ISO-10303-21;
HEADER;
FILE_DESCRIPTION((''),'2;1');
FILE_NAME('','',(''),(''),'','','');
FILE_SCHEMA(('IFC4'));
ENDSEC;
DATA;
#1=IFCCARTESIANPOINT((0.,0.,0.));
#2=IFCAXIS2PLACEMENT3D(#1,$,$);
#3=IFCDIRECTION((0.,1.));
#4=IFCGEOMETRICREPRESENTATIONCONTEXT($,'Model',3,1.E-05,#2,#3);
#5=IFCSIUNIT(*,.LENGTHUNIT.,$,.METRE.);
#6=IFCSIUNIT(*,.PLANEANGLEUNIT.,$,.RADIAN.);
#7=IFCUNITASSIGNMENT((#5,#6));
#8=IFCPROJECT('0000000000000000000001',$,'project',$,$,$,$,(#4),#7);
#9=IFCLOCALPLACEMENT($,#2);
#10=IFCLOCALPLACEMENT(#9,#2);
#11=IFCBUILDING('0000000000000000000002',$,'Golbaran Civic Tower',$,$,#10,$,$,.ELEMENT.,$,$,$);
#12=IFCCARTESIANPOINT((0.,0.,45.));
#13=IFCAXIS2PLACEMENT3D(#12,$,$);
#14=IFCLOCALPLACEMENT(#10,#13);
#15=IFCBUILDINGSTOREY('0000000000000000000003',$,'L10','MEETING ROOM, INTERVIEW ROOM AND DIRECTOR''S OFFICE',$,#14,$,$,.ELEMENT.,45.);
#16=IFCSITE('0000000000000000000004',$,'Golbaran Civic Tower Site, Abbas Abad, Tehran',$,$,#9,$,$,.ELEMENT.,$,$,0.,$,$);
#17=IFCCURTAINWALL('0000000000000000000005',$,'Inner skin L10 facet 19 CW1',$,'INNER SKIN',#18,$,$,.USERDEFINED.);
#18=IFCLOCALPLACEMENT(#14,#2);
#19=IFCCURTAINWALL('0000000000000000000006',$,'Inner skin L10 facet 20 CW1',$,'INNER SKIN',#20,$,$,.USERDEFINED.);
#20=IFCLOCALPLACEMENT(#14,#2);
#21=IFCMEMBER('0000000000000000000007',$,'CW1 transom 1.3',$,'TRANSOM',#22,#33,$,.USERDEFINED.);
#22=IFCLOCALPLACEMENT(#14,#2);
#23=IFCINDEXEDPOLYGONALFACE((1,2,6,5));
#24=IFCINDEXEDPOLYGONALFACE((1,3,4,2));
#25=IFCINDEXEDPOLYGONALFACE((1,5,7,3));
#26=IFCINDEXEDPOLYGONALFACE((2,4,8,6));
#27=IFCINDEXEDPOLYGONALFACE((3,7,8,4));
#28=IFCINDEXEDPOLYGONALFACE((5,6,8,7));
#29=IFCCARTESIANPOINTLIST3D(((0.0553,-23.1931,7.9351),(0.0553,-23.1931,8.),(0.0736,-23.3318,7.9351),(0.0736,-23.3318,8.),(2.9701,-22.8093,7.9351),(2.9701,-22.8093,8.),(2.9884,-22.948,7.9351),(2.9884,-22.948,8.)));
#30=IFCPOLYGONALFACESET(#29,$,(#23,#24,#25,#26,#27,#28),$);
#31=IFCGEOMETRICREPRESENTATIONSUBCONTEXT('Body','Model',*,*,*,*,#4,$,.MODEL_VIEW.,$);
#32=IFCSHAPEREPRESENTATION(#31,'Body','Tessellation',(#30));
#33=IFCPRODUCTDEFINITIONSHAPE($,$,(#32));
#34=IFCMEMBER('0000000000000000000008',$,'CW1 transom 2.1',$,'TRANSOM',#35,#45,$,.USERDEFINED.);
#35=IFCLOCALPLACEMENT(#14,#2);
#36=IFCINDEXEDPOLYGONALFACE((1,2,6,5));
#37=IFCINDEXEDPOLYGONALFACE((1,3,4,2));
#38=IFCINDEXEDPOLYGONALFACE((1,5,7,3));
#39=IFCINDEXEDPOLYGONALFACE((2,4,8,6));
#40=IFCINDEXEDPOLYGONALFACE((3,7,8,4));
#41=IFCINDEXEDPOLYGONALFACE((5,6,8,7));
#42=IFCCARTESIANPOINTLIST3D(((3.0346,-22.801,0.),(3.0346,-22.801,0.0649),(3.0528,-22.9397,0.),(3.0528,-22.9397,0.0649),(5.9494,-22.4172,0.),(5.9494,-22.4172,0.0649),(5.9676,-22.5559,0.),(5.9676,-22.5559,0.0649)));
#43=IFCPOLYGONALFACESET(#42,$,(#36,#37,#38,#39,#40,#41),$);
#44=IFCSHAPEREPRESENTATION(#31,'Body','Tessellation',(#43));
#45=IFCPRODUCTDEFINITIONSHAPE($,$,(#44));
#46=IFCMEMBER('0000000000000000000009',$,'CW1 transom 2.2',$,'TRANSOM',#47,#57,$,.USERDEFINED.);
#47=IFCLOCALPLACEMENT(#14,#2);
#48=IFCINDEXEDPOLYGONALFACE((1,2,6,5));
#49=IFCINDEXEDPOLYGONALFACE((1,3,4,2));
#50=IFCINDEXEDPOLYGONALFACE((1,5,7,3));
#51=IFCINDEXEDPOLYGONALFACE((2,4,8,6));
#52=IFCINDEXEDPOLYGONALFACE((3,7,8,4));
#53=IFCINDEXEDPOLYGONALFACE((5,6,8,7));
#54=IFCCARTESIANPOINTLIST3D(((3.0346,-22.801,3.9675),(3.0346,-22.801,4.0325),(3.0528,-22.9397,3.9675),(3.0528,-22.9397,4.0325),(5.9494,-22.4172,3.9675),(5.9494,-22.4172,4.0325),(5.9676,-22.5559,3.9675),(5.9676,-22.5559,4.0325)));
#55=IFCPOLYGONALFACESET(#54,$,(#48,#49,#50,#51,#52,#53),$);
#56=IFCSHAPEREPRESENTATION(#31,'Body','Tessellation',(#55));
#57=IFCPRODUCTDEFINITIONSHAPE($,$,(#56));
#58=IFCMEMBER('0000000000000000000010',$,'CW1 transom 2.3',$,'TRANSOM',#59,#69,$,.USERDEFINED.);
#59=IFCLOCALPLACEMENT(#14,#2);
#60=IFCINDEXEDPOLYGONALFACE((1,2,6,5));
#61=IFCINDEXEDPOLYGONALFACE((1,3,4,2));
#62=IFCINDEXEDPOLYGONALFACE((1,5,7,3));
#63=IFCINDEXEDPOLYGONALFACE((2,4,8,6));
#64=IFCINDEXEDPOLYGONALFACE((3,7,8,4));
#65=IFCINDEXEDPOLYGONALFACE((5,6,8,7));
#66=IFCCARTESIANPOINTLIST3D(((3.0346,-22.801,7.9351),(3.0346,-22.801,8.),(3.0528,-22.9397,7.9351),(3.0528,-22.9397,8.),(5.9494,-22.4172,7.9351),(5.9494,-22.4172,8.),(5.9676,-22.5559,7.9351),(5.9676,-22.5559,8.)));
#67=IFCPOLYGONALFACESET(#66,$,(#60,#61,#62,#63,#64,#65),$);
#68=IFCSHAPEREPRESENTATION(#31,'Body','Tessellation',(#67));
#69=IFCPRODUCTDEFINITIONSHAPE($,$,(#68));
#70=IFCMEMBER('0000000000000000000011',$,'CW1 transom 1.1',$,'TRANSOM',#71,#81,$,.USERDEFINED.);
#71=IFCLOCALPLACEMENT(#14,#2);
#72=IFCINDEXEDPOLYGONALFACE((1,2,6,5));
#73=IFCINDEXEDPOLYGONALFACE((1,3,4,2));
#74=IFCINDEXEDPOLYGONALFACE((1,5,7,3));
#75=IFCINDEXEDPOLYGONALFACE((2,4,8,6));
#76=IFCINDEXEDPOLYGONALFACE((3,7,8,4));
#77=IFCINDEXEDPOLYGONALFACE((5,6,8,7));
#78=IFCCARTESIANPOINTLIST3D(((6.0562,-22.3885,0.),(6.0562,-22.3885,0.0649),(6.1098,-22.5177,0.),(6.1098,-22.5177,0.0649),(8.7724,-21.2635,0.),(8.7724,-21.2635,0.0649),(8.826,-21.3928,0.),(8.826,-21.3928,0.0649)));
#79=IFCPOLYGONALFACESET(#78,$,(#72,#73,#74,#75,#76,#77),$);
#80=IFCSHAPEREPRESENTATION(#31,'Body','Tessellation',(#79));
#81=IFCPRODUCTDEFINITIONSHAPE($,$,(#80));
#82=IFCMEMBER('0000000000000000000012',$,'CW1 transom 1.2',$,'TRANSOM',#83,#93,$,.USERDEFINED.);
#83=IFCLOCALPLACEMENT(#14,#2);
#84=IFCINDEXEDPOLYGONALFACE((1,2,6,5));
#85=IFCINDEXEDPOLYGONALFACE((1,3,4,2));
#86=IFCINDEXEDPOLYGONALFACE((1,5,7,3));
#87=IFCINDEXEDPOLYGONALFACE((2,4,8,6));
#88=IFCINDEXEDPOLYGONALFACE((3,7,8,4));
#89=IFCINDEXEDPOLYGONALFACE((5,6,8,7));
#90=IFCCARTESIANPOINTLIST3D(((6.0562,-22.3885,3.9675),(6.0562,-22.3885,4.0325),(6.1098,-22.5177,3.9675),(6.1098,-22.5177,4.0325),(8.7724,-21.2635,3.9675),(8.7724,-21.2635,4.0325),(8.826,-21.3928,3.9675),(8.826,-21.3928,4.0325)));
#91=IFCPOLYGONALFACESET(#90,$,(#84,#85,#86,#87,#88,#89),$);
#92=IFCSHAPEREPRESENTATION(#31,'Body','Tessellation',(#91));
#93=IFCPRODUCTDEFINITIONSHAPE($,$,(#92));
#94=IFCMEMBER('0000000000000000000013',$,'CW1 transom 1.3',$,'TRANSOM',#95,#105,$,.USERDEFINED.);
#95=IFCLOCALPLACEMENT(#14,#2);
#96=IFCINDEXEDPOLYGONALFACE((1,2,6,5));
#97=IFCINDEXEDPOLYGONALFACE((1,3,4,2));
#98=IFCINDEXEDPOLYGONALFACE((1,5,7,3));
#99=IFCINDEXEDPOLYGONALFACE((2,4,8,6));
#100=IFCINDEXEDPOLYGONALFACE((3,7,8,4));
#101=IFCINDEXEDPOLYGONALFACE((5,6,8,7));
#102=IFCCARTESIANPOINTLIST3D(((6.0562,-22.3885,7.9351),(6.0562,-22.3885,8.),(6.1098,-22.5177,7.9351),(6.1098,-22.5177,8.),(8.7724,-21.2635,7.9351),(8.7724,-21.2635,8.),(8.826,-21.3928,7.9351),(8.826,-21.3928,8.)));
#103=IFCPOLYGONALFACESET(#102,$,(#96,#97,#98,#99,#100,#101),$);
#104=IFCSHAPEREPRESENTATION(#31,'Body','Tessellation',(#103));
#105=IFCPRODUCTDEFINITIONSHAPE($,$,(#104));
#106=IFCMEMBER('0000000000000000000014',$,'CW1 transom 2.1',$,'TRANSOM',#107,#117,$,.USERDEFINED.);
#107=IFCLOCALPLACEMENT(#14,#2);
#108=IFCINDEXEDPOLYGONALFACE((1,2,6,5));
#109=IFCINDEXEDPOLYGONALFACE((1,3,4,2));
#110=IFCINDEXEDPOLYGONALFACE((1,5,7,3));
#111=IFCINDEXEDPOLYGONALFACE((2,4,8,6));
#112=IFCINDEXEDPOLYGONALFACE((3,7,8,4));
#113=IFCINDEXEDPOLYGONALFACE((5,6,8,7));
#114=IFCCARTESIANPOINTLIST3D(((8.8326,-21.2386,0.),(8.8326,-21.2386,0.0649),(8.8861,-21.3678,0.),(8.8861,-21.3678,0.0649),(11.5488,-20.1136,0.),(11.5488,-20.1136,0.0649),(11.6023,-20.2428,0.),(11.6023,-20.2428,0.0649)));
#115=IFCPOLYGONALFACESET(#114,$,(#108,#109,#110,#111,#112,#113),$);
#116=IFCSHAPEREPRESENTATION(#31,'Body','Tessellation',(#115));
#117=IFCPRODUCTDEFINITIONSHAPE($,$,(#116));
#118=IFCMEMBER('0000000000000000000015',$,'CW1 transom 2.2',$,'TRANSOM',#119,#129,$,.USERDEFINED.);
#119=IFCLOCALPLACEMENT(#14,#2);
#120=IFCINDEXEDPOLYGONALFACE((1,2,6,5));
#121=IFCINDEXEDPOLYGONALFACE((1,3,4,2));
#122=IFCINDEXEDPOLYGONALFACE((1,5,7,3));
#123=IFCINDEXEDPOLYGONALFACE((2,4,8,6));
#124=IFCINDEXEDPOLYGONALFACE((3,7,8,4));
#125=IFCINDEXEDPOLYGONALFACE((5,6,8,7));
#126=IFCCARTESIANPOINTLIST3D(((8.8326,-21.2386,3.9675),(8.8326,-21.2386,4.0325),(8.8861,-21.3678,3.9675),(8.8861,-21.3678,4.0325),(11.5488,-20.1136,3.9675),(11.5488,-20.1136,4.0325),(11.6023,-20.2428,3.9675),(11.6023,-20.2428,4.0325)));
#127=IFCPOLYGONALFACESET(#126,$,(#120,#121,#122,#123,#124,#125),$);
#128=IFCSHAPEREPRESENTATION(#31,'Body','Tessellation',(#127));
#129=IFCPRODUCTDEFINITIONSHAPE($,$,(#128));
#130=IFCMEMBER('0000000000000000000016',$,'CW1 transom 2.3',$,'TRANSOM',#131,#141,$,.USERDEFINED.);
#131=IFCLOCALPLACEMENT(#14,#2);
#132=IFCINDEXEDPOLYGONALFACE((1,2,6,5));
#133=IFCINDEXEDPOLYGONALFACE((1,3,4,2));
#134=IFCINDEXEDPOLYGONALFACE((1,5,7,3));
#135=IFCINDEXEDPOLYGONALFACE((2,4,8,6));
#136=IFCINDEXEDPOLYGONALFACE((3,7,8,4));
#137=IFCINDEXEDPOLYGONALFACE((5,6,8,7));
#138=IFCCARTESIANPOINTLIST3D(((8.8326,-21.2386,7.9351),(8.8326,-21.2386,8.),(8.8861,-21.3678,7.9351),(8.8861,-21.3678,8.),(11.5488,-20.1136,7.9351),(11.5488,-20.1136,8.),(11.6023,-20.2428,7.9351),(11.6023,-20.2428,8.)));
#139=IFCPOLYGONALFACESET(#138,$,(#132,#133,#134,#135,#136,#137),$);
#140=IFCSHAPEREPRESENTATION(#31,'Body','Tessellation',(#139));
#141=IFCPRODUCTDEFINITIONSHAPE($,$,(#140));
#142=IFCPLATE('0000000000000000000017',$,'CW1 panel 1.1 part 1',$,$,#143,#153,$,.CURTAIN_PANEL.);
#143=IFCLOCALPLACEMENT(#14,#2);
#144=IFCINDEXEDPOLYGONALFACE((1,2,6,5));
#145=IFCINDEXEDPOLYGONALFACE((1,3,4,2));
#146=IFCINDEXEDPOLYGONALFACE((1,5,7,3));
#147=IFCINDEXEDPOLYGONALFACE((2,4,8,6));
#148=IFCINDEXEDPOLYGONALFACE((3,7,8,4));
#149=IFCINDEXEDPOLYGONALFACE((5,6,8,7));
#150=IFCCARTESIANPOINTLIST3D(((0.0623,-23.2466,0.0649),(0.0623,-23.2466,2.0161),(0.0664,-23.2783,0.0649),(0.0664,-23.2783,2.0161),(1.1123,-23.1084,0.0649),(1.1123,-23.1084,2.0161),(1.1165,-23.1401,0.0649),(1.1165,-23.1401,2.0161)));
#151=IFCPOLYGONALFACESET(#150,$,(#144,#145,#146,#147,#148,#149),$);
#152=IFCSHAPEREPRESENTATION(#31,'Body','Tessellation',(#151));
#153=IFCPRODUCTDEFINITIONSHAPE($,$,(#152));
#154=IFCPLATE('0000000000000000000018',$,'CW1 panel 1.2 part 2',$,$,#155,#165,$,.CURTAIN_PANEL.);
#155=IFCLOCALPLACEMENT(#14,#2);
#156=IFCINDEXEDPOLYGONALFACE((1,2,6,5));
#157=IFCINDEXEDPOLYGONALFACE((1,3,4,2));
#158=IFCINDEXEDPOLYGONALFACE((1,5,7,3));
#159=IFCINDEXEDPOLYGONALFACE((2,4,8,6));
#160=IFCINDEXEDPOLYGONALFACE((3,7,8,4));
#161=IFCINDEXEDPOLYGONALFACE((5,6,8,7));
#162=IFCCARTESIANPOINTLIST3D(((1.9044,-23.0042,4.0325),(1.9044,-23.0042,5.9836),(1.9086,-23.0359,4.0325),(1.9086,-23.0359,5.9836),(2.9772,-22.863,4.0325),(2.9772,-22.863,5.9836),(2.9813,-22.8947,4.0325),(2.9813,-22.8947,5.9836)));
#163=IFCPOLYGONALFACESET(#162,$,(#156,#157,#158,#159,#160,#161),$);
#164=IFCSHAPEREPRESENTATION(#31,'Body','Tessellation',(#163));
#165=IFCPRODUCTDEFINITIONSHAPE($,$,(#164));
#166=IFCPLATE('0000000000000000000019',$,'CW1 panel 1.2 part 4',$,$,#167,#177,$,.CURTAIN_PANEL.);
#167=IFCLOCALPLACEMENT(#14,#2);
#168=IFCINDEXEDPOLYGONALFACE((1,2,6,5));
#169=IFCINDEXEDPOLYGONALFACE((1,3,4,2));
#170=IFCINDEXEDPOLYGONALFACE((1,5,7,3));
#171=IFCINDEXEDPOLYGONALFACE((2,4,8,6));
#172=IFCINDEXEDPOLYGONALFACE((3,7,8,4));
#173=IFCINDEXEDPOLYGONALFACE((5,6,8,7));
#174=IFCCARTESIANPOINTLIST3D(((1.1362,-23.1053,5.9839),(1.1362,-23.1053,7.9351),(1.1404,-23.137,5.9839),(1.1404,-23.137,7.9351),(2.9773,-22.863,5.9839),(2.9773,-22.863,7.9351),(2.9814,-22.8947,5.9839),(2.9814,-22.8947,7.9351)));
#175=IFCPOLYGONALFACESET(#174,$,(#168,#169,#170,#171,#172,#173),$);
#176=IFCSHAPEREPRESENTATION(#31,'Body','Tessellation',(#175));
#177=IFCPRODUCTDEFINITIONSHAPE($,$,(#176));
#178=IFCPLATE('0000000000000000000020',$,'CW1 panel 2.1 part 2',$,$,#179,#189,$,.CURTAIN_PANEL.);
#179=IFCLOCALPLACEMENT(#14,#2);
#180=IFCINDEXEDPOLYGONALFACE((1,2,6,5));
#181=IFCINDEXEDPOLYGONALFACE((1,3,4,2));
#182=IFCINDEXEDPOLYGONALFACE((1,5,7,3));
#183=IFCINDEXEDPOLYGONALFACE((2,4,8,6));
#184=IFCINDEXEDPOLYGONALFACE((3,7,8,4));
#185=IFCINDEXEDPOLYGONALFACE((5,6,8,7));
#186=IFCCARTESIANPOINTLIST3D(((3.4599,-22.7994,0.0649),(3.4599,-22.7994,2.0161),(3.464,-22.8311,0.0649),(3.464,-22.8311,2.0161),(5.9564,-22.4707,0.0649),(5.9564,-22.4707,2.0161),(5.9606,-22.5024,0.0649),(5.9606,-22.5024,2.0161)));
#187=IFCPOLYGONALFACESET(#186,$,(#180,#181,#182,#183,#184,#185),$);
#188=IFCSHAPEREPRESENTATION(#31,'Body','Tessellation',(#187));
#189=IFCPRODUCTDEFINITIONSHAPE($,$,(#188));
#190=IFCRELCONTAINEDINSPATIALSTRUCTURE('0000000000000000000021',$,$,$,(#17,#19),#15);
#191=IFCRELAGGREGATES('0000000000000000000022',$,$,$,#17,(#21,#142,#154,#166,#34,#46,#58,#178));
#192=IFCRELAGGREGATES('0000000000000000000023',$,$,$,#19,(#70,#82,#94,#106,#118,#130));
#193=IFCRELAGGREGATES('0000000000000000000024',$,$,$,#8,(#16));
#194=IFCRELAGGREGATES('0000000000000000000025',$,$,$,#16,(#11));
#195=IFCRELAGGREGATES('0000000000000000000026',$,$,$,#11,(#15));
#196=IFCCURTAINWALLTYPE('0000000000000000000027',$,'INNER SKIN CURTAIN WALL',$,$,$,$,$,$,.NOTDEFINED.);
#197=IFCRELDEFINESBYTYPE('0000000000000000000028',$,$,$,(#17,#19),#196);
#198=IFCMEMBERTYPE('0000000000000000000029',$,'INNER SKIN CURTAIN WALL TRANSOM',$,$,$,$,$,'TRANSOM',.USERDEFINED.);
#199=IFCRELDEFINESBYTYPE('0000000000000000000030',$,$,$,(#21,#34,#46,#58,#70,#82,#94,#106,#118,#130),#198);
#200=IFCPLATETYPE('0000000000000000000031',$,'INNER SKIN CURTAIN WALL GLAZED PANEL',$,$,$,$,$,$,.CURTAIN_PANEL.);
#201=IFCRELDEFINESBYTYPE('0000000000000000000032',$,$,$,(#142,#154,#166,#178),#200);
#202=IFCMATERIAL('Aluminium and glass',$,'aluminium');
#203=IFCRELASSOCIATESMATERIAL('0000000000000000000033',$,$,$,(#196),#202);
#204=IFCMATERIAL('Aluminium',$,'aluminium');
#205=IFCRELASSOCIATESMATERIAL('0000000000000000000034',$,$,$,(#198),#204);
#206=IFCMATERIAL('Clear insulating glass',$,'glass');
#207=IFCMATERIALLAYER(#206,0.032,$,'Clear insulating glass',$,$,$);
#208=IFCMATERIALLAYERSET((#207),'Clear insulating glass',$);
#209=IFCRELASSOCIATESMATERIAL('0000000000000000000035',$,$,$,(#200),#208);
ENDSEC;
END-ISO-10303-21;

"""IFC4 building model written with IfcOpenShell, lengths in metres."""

from ifc_helpers import new_model, si_unit, direction, frame, origin, origin_2d, place, context, subcontext, project, spatial, rectangle, extrude, material, layer, layer_set, material_profile, profile_set, type_object, element, aggregate, save


model = new_model("IFC4")

# Units and contexts
model_context = context("Model", 3, precision=1e-05, world=origin(), true_north=direction((0.0, 1.0)))
body_context = subcontext(model_context, "Body", "Model", "MODEL_VIEW")
ifc_project = project(units=[si_unit("LENGTHUNIT", "METRE"), si_unit("PLANEANGLEUNIT", "RADIAN")], contexts=[model_context])

# Site, building, storey
site_placement = place(None, origin())
site = spatial("IfcSite", under=ifc_project, at=site_placement, Name="Golbaran Civic Tower Site, Abbas Abad, Tehran", CompositionType="ELEMENT", RefElevation=0.0)
building_placement = place(site_placement, origin())
building = spatial("IfcBuilding", under=site, at=building_placement, Name="Golbaran Civic Tower", CompositionType="ELEMENT")
storey_placement = place(building_placement, frame((0.0, 0.0, 45.0)))
storey = spatial("IfcBuildingStorey", under=building, at=storey_placement, Name="L10", Description="MEETING ROOM, INTERVIEW ROOM AND DIRECTOR'S OFFICE", CompositionType="ELEMENT", Elevation=45.0)

# Curtain walls
ifc_material_1 = material(Name="Aluminium and glass", Category="aluminium")
curtain_wall_type = type_object("IfcCurtainWallType", Name="INNER SKIN CURTAIN WALL", PredefinedType="NOTDEFINED", material=ifc_material_1)
curtain_wall_1_placement = place(storey_placement, origin())
curtain_wall_1 = element("IfcCurtainWall", 1, at=curtain_wall_1_placement, inside=storey, type_object=curtain_wall_type, Name="Inner skin L10 facet 19 CW1", ObjectType="INNER SKIN", PredefinedType="USERDEFINED")
ifc_material_2 = material(Name="Aluminium", Category="aluminium")
curtain_wall_2_placement = place(storey_placement, origin())
curtain_wall_2 = element("IfcCurtainWall", 2, at=curtain_wall_2_placement, inside=storey, type_object=curtain_wall_type, Name="Inner skin L10 facet 20 CW1", ObjectType="INNER SKIN", PredefinedType="USERDEFINED")

# Members
ifc_material_profile_1 = material_profile(ifc_material_2, rectangle(XDim=0.1399, YDim=0.0649, at=origin_2d()), Name="INNER SKIN CURTAIN WALL TRANSOM")
ifc_profile_set_1 = profile_set([ifc_material_profile_1], Name="Aluminium")
member_type_1 = type_object("IfcMemberType", Name="INNER SKIN CURTAIN WALL TRANSOM", ElementType="TRANSOM", PredefinedType="USERDEFINED", material=ifc_profile_set_1)
member_1_placement = place(storey_placement, frame((0.0645, -23.2625, 7.9675), z_axis=(0.991443, 0.130543, 0.0), x_axis=(-0.130543, 0.991443, 0.0)))
member_1 = element("IfcMember", 3, at=member_1_placement, type_object=member_type_1, Name="CW1 transom 1.3", ObjectType="TRANSOM", PredefinedType="USERDEFINED", context=body_context, shape_type="SweptSolid", body=[
    extrude(rectangle(XDim=0.1399, YDim=0.0649, at=origin_2d()), origin(), (0.0, 0.0, 1.0), 2.9399),
])
member_2_placement = place(storey_placement, frame((3.0437, -22.8704, 0.0325), z_axis=(0.991443, 0.130543, 0.0), x_axis=(-0.130543, 0.991443, 0.0)))
member_2 = element("IfcMember", 4, at=member_2_placement, type_object=member_type_1, Name="CW1 transom 2.1", ObjectType="TRANSOM", PredefinedType="USERDEFINED", context=body_context, shape_type="SweptSolid", body=[
    extrude(rectangle(XDim=0.1399, YDim=0.0649, at=origin_2d()), origin(), (0.0, 0.0, 1.0), 2.9399),
])
member_3_placement = place(storey_placement, frame((3.0437, -22.8704, 4.0), z_axis=(0.991443, 0.130543, 0.0), x_axis=(-0.130543, 0.991443, 0.0)))
member_3 = element("IfcMember", 5, at=member_3_placement, type_object=member_type_1, Name="CW1 transom 2.2", ObjectType="TRANSOM", PredefinedType="USERDEFINED", context=body_context, shape_type="SweptSolid", body=[
    extrude(rectangle(XDim=0.1399, YDim=0.0649, at=origin_2d()), origin(), (0.0, 0.0, 1.0), 2.9399),
])
member_4_placement = place(storey_placement, frame((3.0437, -22.8704, 7.9675), z_axis=(0.991443, 0.130543, 0.0), x_axis=(-0.130543, 0.991443, 0.0)))
member_4 = element("IfcMember", 6, at=member_4_placement, type_object=member_type_1, Name="CW1 transom 2.3", ObjectType="TRANSOM", PredefinedType="USERDEFINED", context=body_context, shape_type="SweptSolid", body=[
    extrude(rectangle(XDim=0.1399, YDim=0.0649, at=origin_2d()), origin(), (0.0, 0.0, 1.0), 2.9399),
])
member_5_placement = place(storey_placement, frame((6.083, -22.4531, 0.0325), z_axis=(0.923895, 0.382645, 0.0), x_axis=(-0.382645, 0.923895, 0.0)))
member_5 = element("IfcMember", 7, at=member_5_placement, type_object=member_type_1, Name="CW1 transom 1.1", ObjectType="TRANSOM", PredefinedType="USERDEFINED", context=body_context, shape_type="SweptSolid", body=[
    extrude(rectangle(XDim=0.1399, YDim=0.0649, at=origin_2d()), origin(), (0.0, 0.0, 1.0), 2.9399),
])
member_6_placement = place(storey_placement, frame((6.083, -22.4531, 4.0), z_axis=(0.923895, 0.382645, 0.0), x_axis=(-0.382645, 0.923895, 0.0)))
member_6 = element("IfcMember", 8, at=member_6_placement, type_object=member_type_1, Name="CW1 transom 1.2", ObjectType="TRANSOM", PredefinedType="USERDEFINED", context=body_context, shape_type="SweptSolid", body=[
    extrude(rectangle(XDim=0.1399, YDim=0.0649, at=origin_2d()), origin(), (0.0, 0.0, 1.0), 2.9399),
])
member_7_placement = place(storey_placement, frame((6.083, -22.4531, 7.9675), z_axis=(0.923895, 0.382645, 0.0), x_axis=(-0.382645, 0.923895, 0.0)))
member_7 = element("IfcMember", 9, at=member_7_placement, type_object=member_type_1, Name="CW1 transom 1.3", ObjectType="TRANSOM", PredefinedType="USERDEFINED", context=body_context, shape_type="SweptSolid", body=[
    extrude(rectangle(XDim=0.1399, YDim=0.0649, at=origin_2d()), origin(), (0.0, 0.0, 1.0), 2.9399),
])
member_8_placement = place(storey_placement, frame((8.8594, -21.3032, 0.0325), z_axis=(0.923883, 0.382675, 0.0), x_axis=(-0.382675, 0.923883, 0.0)))
member_8 = element("IfcMember", 10, at=member_8_placement, type_object=member_type_1, Name="CW1 transom 2.1", ObjectType="TRANSOM", PredefinedType="USERDEFINED", context=body_context, shape_type="SweptSolid", body=[
    extrude(rectangle(XDim=0.1399, YDim=0.0649, at=origin_2d()), origin(), (0.0, 0.0, 1.0), 2.9399),
])
member_9_placement = place(storey_placement, frame((8.8594, -21.3032, 4.0), z_axis=(0.923883, 0.382675, 0.0), x_axis=(-0.382675, 0.923883, 0.0)))
member_9 = element("IfcMember", 11, at=member_9_placement, type_object=member_type_1, Name="CW1 transom 2.2", ObjectType="TRANSOM", PredefinedType="USERDEFINED", context=body_context, shape_type="SweptSolid", body=[
    extrude(rectangle(XDim=0.1399, YDim=0.0649, at=origin_2d()), origin(), (0.0, 0.0, 1.0), 2.9399),
])
member_10_placement = place(storey_placement, frame((8.8594, -21.3032, 7.9675), z_axis=(0.923883, 0.382675, 0.0), x_axis=(-0.382675, 0.923883, 0.0)))
member_10 = element("IfcMember", 12, at=member_10_placement, type_object=member_type_1, Name="CW1 transom 2.3", ObjectType="TRANSOM", PredefinedType="USERDEFINED", context=body_context, shape_type="SweptSolid", body=[
    extrude(rectangle(XDim=0.1399, YDim=0.0649, at=origin_2d()), origin(), (0.0, 0.0, 1.0), 2.9399),
])

# Plates
ifc_material_3 = material(Name="Clear insulating glass", Category="glass")
ifc_layer_1 = layer(ifc_material_3, 0.032, Name="Clear insulating glass")
ifc_layer_set_1 = layer_set([ifc_layer_1], Name="Clear insulating glass")
plate_type_1 = type_object("IfcPlateType", Name="INNER SKIN CURTAIN WALL GLAZED PANEL", PredefinedType="CURTAIN_PANEL", material=ifc_layer_set_1)
plate_1_placement = place(storey_placement, frame((0.5894, -23.1934, 0.0649), z_axis=(0.0, 0.0, 1.0), x_axis=(0.991445, 0.130526, 0.0)))
plate_1 = element("IfcPlate", 13, at=plate_1_placement, type_object=plate_type_1, Name="CW1 panel 1.1 part 1", PredefinedType="CURTAIN_PANEL", context=body_context, shape_type="SweptSolid", body=[
    extrude(rectangle(XDim=1.0591, YDim=0.032, at=origin_2d()), origin(), (0.0, 0.0, 1.0), 1.9512),
])
plate_2_placement = place(storey_placement, frame((2.4429, -22.9495, 4.0325), z_axis=(0.0, 0.0, 1.0), x_axis=(0.991445, 0.130526, 0.0)))
plate_2 = element("IfcPlate", 14, at=plate_2_placement, type_object=plate_type_1, Name="CW1 panel 1.2 part 2", PredefinedType="CURTAIN_PANEL", context=body_context, shape_type="SweptSolid", body=[
    extrude(rectangle(XDim=1.082, YDim=0.032, at=origin_2d()), origin(), (0.0, 0.0, 1.0), 1.9512),
])
plate_3_placement = place(storey_placement, frame((2.0588, -23.0, 5.9839), z_axis=(0.0, 0.0, 1.0), x_axis=(0.991445, 0.130526, 0.0)))
plate_3 = element("IfcPlate", 15, at=plate_3_placement, type_object=plate_type_1, Name="CW1 panel 1.2 part 4", PredefinedType="CURTAIN_PANEL", context=body_context, shape_type="SweptSolid", body=[
    extrude(rectangle(XDim=1.8569, YDim=0.032, at=origin_2d()), origin(), (0.0, 0.0, 1.0), 1.9512),
])
plate_4_placement = place(storey_placement, frame((4.7102, -22.6509, 0.0649), z_axis=(0.0, 0.0, 1.0), x_axis=(0.991445, 0.130526, 0.0)))
plate_4 = element("IfcPlate", 16, at=plate_4_placement, type_object=plate_type_1, Name="CW1 panel 2.1 part 2", PredefinedType="CURTAIN_PANEL", context=body_context, shape_type="SweptSolid", body=[
    extrude(rectangle(XDim=2.5181, YDim=0.032, at=origin_2d()), origin(), (0.0, 0.0, 1.0), 1.9512),
])
aggregate(curtain_wall_1, [member_1, plate_1, plate_2, plate_3, member_2, member_3, member_4, plate_4])
aggregate(curtain_wall_2, [member_5, member_6, member_7, member_8, member_9, member_10])

save(model, "model.ifc")
